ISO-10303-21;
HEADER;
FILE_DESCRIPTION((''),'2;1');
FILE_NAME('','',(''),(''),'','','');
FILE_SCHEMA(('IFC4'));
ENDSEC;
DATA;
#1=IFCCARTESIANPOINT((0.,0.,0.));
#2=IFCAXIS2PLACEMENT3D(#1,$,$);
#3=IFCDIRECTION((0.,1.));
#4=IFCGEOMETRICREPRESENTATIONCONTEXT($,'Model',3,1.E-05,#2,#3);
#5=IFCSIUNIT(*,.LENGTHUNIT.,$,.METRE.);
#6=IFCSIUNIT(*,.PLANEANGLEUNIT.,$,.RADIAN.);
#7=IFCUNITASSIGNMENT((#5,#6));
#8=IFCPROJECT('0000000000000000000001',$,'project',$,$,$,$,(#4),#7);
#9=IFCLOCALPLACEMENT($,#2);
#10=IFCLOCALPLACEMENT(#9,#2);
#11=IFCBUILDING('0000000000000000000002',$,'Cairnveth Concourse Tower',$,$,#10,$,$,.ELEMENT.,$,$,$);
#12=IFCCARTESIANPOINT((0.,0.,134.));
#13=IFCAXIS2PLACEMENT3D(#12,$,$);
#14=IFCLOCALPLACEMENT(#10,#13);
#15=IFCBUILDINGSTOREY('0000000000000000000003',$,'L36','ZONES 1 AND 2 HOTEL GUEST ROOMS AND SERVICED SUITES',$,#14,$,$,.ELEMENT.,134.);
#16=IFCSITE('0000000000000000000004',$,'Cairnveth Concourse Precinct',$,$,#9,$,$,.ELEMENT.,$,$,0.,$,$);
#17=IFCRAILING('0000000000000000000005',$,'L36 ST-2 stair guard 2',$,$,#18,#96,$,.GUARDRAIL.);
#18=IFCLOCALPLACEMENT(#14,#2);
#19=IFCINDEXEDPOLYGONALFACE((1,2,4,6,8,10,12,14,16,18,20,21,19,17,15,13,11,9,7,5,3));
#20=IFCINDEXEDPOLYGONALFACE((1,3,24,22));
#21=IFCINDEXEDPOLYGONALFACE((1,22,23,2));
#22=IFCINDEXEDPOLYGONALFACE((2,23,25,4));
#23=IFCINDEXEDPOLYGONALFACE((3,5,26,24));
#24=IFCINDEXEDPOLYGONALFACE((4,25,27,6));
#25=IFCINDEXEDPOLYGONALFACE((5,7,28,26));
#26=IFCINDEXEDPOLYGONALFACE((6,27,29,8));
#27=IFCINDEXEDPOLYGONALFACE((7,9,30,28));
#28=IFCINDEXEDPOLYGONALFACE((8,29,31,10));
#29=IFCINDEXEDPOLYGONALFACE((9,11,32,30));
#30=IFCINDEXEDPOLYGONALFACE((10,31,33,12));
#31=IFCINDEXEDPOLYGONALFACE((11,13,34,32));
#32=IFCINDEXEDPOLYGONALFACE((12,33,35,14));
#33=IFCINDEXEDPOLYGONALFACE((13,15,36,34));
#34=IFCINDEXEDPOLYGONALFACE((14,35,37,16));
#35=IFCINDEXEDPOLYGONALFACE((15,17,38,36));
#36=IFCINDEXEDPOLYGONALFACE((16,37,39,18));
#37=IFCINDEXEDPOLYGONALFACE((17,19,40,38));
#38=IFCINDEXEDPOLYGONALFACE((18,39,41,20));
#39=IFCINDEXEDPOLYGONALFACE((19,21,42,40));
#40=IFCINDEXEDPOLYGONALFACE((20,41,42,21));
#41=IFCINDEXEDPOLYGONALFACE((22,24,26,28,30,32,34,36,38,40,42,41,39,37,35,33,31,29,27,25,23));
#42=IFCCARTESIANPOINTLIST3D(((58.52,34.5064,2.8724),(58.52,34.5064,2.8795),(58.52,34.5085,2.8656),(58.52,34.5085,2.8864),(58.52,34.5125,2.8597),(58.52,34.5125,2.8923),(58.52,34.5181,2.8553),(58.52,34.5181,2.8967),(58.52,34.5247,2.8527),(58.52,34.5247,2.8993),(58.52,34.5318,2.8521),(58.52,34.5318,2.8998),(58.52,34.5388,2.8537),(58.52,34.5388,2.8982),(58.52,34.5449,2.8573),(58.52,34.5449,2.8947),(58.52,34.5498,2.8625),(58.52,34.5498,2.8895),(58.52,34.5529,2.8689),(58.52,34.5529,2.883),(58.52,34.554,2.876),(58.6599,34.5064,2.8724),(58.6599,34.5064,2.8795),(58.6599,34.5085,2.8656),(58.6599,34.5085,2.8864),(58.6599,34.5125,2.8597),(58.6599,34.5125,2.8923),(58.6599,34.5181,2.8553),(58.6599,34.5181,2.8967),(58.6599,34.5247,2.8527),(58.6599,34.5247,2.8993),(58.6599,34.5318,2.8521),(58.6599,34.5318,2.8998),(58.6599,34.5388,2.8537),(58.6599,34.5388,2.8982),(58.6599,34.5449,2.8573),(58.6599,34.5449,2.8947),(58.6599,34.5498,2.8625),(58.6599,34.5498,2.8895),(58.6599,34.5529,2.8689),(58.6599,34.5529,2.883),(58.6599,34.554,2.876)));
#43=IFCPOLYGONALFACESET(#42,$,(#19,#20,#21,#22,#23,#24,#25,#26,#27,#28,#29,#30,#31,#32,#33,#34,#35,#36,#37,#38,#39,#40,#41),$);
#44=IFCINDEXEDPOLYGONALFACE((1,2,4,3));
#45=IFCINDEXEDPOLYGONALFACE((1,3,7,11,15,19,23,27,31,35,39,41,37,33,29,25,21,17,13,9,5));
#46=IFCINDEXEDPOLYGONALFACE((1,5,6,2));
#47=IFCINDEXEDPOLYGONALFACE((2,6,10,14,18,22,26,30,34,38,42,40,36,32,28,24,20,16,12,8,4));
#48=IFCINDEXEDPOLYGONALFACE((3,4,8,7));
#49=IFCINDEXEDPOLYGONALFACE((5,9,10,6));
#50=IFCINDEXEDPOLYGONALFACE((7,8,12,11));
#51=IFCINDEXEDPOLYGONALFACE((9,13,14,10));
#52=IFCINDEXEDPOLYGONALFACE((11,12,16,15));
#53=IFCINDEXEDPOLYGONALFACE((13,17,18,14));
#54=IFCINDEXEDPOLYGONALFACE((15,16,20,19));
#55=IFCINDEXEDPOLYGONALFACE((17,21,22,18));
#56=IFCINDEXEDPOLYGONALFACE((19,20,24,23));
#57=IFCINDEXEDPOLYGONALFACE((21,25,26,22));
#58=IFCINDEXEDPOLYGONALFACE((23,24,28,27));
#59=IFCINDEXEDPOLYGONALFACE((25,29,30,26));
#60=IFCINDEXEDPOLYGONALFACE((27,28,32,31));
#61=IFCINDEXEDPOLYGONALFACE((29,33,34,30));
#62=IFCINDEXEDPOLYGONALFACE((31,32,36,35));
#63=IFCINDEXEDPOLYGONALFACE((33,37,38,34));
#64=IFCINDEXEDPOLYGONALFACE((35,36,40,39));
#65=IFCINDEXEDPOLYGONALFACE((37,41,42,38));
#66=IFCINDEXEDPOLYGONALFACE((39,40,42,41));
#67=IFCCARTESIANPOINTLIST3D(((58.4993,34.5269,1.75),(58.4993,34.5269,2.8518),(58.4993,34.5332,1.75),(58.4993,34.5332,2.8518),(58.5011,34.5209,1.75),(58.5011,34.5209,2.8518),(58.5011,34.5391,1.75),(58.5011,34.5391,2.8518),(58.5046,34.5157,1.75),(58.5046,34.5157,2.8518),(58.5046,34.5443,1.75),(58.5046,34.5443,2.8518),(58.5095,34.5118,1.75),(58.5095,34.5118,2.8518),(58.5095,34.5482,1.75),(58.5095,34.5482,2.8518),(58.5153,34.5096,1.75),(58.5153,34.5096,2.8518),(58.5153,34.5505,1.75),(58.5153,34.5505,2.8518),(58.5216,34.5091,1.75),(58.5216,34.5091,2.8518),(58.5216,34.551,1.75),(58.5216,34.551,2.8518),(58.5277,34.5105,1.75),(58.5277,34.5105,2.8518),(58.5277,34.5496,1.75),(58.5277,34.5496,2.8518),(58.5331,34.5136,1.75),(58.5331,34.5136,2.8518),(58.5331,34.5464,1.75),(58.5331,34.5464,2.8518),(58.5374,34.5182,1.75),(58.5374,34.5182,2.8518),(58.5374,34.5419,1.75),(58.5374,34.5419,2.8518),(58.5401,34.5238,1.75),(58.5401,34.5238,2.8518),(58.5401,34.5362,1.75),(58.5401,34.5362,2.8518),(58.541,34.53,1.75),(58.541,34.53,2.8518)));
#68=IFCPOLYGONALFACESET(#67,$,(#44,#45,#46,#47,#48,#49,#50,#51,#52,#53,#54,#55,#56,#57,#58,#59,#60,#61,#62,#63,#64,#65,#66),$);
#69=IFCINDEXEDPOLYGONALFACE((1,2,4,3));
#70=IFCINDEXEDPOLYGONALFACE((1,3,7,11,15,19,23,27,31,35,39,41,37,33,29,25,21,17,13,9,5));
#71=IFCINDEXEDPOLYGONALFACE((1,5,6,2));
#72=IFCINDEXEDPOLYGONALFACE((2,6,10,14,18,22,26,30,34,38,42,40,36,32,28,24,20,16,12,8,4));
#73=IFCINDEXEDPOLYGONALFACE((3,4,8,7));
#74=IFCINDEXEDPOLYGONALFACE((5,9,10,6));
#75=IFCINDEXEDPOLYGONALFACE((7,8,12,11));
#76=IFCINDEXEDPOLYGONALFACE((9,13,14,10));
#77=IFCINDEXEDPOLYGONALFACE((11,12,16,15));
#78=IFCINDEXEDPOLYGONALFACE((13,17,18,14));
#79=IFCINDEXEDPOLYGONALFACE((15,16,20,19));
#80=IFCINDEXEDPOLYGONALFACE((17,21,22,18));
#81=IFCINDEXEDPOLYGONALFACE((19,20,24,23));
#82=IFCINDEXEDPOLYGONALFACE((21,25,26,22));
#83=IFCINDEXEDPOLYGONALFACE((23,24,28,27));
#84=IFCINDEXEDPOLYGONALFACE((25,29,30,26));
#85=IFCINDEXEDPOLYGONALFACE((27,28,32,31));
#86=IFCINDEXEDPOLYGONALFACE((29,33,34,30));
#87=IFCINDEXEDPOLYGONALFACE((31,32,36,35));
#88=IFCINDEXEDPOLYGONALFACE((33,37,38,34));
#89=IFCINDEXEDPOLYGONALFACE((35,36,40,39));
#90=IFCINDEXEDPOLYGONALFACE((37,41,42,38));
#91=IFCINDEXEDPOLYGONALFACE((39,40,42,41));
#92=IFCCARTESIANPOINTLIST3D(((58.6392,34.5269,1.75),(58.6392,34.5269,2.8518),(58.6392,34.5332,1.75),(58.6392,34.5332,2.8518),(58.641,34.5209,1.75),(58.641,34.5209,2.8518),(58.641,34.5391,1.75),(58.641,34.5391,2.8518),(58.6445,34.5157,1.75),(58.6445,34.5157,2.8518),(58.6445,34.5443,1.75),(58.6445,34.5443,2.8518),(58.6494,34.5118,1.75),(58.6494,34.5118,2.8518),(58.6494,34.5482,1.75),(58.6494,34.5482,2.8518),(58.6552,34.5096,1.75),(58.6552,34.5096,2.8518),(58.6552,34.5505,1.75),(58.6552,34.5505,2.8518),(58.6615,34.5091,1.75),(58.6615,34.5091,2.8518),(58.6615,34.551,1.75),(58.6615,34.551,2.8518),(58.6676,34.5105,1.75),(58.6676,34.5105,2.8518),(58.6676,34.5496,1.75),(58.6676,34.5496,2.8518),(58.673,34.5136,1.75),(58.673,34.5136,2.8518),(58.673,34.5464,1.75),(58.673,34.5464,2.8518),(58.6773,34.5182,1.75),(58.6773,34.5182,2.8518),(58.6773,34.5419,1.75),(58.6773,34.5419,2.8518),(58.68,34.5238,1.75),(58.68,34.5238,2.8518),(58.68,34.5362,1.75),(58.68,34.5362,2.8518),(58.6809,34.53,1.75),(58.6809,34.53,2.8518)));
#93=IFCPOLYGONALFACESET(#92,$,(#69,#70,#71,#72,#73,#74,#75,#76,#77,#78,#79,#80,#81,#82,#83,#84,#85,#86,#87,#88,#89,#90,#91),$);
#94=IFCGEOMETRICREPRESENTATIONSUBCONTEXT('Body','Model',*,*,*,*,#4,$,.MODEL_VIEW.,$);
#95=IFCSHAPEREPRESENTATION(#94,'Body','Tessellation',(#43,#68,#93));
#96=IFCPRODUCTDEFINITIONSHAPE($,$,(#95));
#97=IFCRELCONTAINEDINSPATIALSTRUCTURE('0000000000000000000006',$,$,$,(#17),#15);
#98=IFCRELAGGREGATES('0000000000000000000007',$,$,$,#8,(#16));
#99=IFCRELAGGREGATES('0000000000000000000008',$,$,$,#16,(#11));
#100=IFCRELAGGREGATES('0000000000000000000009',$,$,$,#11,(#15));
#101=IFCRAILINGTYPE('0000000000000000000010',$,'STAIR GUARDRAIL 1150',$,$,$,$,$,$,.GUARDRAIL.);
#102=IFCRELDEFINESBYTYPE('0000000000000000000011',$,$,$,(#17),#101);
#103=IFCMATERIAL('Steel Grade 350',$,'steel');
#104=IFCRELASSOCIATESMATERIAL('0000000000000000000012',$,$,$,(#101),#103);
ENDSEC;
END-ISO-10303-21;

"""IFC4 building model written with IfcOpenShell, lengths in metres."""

from ifc_helpers import new_model, si_unit, direction, frame, origin, origin_2d, place, context, subcontext, project, spatial, circle, extrude, material, type_object, element, save


model = new_model("IFC4")

# Units and contexts
model_context = context("Model", 3, precision=1e-05, world=origin(), true_north=direction((0.0, 1.0)))
body_context = subcontext(model_context, "Body", "Model", "MODEL_VIEW")
ifc_project = project(units=[si_unit("LENGTHUNIT", "METRE"), si_unit("PLANEANGLEUNIT", "RADIAN")], contexts=[model_context])

# Site, building, storey
site_placement = place(None, origin())
site = spatial("IfcSite", under=ifc_project, at=site_placement, Name="Cairnveth Concourse Precinct", CompositionType="ELEMENT", RefElevation=0.0)
building_placement = place(site_placement, origin())
building = spatial("IfcBuilding", under=site, at=building_placement, Name="Cairnveth Concourse Tower", CompositionType="ELEMENT")
storey_placement = place(building_placement, frame((0.0, 0.0, 134.0)))
storey = spatial("IfcBuildingStorey", under=building, at=storey_placement, Name="L36", Description="ZONES 1 AND 2 HOTEL GUEST ROOMS AND SERVICED SUITES", CompositionType="ELEMENT", Elevation=134.0)

# Shared definitions
ifc_material_1 = material(Name="Steel Grade 350", Category="steel")

# Railing
railing_type_1 = type_object("IfcRailingType", Name="STAIR GUARDRAIL 1150", PredefinedType="GUARDRAIL", material=ifc_material_1)
railing_1_placement = place(storey_placement, frame((58.52, 34.53, 1.75)))
element("IfcRailing", 1, at=railing_1_placement, inside=storey, type_object=railing_type_1, Name="L36 ST-2 stair guard 2", PredefinedType="GUARDRAIL", context=body_context, shape_type="SweptSolid", body=[
    extrude(circle(Radius=0.0239, at=origin_2d()), frame((0.0, 0.0, 1.126), z_axis=(1.0, 0.0, 0.0), x_axis=(0.0, 1.0, 0.0)), (0.0, 0.0, 1.0), 0.1399),
    extrude(circle(Radius=0.021, at=origin_2d()), origin(), (0.0, 0.0, 1.0), 1.1018),
    extrude(circle(Radius=0.021, at=origin_2d()), frame((0.1399, 0.0, 0.0)), (0.0, 0.0, 1.0), 1.1018),
])

save(model, "model.ifc")
